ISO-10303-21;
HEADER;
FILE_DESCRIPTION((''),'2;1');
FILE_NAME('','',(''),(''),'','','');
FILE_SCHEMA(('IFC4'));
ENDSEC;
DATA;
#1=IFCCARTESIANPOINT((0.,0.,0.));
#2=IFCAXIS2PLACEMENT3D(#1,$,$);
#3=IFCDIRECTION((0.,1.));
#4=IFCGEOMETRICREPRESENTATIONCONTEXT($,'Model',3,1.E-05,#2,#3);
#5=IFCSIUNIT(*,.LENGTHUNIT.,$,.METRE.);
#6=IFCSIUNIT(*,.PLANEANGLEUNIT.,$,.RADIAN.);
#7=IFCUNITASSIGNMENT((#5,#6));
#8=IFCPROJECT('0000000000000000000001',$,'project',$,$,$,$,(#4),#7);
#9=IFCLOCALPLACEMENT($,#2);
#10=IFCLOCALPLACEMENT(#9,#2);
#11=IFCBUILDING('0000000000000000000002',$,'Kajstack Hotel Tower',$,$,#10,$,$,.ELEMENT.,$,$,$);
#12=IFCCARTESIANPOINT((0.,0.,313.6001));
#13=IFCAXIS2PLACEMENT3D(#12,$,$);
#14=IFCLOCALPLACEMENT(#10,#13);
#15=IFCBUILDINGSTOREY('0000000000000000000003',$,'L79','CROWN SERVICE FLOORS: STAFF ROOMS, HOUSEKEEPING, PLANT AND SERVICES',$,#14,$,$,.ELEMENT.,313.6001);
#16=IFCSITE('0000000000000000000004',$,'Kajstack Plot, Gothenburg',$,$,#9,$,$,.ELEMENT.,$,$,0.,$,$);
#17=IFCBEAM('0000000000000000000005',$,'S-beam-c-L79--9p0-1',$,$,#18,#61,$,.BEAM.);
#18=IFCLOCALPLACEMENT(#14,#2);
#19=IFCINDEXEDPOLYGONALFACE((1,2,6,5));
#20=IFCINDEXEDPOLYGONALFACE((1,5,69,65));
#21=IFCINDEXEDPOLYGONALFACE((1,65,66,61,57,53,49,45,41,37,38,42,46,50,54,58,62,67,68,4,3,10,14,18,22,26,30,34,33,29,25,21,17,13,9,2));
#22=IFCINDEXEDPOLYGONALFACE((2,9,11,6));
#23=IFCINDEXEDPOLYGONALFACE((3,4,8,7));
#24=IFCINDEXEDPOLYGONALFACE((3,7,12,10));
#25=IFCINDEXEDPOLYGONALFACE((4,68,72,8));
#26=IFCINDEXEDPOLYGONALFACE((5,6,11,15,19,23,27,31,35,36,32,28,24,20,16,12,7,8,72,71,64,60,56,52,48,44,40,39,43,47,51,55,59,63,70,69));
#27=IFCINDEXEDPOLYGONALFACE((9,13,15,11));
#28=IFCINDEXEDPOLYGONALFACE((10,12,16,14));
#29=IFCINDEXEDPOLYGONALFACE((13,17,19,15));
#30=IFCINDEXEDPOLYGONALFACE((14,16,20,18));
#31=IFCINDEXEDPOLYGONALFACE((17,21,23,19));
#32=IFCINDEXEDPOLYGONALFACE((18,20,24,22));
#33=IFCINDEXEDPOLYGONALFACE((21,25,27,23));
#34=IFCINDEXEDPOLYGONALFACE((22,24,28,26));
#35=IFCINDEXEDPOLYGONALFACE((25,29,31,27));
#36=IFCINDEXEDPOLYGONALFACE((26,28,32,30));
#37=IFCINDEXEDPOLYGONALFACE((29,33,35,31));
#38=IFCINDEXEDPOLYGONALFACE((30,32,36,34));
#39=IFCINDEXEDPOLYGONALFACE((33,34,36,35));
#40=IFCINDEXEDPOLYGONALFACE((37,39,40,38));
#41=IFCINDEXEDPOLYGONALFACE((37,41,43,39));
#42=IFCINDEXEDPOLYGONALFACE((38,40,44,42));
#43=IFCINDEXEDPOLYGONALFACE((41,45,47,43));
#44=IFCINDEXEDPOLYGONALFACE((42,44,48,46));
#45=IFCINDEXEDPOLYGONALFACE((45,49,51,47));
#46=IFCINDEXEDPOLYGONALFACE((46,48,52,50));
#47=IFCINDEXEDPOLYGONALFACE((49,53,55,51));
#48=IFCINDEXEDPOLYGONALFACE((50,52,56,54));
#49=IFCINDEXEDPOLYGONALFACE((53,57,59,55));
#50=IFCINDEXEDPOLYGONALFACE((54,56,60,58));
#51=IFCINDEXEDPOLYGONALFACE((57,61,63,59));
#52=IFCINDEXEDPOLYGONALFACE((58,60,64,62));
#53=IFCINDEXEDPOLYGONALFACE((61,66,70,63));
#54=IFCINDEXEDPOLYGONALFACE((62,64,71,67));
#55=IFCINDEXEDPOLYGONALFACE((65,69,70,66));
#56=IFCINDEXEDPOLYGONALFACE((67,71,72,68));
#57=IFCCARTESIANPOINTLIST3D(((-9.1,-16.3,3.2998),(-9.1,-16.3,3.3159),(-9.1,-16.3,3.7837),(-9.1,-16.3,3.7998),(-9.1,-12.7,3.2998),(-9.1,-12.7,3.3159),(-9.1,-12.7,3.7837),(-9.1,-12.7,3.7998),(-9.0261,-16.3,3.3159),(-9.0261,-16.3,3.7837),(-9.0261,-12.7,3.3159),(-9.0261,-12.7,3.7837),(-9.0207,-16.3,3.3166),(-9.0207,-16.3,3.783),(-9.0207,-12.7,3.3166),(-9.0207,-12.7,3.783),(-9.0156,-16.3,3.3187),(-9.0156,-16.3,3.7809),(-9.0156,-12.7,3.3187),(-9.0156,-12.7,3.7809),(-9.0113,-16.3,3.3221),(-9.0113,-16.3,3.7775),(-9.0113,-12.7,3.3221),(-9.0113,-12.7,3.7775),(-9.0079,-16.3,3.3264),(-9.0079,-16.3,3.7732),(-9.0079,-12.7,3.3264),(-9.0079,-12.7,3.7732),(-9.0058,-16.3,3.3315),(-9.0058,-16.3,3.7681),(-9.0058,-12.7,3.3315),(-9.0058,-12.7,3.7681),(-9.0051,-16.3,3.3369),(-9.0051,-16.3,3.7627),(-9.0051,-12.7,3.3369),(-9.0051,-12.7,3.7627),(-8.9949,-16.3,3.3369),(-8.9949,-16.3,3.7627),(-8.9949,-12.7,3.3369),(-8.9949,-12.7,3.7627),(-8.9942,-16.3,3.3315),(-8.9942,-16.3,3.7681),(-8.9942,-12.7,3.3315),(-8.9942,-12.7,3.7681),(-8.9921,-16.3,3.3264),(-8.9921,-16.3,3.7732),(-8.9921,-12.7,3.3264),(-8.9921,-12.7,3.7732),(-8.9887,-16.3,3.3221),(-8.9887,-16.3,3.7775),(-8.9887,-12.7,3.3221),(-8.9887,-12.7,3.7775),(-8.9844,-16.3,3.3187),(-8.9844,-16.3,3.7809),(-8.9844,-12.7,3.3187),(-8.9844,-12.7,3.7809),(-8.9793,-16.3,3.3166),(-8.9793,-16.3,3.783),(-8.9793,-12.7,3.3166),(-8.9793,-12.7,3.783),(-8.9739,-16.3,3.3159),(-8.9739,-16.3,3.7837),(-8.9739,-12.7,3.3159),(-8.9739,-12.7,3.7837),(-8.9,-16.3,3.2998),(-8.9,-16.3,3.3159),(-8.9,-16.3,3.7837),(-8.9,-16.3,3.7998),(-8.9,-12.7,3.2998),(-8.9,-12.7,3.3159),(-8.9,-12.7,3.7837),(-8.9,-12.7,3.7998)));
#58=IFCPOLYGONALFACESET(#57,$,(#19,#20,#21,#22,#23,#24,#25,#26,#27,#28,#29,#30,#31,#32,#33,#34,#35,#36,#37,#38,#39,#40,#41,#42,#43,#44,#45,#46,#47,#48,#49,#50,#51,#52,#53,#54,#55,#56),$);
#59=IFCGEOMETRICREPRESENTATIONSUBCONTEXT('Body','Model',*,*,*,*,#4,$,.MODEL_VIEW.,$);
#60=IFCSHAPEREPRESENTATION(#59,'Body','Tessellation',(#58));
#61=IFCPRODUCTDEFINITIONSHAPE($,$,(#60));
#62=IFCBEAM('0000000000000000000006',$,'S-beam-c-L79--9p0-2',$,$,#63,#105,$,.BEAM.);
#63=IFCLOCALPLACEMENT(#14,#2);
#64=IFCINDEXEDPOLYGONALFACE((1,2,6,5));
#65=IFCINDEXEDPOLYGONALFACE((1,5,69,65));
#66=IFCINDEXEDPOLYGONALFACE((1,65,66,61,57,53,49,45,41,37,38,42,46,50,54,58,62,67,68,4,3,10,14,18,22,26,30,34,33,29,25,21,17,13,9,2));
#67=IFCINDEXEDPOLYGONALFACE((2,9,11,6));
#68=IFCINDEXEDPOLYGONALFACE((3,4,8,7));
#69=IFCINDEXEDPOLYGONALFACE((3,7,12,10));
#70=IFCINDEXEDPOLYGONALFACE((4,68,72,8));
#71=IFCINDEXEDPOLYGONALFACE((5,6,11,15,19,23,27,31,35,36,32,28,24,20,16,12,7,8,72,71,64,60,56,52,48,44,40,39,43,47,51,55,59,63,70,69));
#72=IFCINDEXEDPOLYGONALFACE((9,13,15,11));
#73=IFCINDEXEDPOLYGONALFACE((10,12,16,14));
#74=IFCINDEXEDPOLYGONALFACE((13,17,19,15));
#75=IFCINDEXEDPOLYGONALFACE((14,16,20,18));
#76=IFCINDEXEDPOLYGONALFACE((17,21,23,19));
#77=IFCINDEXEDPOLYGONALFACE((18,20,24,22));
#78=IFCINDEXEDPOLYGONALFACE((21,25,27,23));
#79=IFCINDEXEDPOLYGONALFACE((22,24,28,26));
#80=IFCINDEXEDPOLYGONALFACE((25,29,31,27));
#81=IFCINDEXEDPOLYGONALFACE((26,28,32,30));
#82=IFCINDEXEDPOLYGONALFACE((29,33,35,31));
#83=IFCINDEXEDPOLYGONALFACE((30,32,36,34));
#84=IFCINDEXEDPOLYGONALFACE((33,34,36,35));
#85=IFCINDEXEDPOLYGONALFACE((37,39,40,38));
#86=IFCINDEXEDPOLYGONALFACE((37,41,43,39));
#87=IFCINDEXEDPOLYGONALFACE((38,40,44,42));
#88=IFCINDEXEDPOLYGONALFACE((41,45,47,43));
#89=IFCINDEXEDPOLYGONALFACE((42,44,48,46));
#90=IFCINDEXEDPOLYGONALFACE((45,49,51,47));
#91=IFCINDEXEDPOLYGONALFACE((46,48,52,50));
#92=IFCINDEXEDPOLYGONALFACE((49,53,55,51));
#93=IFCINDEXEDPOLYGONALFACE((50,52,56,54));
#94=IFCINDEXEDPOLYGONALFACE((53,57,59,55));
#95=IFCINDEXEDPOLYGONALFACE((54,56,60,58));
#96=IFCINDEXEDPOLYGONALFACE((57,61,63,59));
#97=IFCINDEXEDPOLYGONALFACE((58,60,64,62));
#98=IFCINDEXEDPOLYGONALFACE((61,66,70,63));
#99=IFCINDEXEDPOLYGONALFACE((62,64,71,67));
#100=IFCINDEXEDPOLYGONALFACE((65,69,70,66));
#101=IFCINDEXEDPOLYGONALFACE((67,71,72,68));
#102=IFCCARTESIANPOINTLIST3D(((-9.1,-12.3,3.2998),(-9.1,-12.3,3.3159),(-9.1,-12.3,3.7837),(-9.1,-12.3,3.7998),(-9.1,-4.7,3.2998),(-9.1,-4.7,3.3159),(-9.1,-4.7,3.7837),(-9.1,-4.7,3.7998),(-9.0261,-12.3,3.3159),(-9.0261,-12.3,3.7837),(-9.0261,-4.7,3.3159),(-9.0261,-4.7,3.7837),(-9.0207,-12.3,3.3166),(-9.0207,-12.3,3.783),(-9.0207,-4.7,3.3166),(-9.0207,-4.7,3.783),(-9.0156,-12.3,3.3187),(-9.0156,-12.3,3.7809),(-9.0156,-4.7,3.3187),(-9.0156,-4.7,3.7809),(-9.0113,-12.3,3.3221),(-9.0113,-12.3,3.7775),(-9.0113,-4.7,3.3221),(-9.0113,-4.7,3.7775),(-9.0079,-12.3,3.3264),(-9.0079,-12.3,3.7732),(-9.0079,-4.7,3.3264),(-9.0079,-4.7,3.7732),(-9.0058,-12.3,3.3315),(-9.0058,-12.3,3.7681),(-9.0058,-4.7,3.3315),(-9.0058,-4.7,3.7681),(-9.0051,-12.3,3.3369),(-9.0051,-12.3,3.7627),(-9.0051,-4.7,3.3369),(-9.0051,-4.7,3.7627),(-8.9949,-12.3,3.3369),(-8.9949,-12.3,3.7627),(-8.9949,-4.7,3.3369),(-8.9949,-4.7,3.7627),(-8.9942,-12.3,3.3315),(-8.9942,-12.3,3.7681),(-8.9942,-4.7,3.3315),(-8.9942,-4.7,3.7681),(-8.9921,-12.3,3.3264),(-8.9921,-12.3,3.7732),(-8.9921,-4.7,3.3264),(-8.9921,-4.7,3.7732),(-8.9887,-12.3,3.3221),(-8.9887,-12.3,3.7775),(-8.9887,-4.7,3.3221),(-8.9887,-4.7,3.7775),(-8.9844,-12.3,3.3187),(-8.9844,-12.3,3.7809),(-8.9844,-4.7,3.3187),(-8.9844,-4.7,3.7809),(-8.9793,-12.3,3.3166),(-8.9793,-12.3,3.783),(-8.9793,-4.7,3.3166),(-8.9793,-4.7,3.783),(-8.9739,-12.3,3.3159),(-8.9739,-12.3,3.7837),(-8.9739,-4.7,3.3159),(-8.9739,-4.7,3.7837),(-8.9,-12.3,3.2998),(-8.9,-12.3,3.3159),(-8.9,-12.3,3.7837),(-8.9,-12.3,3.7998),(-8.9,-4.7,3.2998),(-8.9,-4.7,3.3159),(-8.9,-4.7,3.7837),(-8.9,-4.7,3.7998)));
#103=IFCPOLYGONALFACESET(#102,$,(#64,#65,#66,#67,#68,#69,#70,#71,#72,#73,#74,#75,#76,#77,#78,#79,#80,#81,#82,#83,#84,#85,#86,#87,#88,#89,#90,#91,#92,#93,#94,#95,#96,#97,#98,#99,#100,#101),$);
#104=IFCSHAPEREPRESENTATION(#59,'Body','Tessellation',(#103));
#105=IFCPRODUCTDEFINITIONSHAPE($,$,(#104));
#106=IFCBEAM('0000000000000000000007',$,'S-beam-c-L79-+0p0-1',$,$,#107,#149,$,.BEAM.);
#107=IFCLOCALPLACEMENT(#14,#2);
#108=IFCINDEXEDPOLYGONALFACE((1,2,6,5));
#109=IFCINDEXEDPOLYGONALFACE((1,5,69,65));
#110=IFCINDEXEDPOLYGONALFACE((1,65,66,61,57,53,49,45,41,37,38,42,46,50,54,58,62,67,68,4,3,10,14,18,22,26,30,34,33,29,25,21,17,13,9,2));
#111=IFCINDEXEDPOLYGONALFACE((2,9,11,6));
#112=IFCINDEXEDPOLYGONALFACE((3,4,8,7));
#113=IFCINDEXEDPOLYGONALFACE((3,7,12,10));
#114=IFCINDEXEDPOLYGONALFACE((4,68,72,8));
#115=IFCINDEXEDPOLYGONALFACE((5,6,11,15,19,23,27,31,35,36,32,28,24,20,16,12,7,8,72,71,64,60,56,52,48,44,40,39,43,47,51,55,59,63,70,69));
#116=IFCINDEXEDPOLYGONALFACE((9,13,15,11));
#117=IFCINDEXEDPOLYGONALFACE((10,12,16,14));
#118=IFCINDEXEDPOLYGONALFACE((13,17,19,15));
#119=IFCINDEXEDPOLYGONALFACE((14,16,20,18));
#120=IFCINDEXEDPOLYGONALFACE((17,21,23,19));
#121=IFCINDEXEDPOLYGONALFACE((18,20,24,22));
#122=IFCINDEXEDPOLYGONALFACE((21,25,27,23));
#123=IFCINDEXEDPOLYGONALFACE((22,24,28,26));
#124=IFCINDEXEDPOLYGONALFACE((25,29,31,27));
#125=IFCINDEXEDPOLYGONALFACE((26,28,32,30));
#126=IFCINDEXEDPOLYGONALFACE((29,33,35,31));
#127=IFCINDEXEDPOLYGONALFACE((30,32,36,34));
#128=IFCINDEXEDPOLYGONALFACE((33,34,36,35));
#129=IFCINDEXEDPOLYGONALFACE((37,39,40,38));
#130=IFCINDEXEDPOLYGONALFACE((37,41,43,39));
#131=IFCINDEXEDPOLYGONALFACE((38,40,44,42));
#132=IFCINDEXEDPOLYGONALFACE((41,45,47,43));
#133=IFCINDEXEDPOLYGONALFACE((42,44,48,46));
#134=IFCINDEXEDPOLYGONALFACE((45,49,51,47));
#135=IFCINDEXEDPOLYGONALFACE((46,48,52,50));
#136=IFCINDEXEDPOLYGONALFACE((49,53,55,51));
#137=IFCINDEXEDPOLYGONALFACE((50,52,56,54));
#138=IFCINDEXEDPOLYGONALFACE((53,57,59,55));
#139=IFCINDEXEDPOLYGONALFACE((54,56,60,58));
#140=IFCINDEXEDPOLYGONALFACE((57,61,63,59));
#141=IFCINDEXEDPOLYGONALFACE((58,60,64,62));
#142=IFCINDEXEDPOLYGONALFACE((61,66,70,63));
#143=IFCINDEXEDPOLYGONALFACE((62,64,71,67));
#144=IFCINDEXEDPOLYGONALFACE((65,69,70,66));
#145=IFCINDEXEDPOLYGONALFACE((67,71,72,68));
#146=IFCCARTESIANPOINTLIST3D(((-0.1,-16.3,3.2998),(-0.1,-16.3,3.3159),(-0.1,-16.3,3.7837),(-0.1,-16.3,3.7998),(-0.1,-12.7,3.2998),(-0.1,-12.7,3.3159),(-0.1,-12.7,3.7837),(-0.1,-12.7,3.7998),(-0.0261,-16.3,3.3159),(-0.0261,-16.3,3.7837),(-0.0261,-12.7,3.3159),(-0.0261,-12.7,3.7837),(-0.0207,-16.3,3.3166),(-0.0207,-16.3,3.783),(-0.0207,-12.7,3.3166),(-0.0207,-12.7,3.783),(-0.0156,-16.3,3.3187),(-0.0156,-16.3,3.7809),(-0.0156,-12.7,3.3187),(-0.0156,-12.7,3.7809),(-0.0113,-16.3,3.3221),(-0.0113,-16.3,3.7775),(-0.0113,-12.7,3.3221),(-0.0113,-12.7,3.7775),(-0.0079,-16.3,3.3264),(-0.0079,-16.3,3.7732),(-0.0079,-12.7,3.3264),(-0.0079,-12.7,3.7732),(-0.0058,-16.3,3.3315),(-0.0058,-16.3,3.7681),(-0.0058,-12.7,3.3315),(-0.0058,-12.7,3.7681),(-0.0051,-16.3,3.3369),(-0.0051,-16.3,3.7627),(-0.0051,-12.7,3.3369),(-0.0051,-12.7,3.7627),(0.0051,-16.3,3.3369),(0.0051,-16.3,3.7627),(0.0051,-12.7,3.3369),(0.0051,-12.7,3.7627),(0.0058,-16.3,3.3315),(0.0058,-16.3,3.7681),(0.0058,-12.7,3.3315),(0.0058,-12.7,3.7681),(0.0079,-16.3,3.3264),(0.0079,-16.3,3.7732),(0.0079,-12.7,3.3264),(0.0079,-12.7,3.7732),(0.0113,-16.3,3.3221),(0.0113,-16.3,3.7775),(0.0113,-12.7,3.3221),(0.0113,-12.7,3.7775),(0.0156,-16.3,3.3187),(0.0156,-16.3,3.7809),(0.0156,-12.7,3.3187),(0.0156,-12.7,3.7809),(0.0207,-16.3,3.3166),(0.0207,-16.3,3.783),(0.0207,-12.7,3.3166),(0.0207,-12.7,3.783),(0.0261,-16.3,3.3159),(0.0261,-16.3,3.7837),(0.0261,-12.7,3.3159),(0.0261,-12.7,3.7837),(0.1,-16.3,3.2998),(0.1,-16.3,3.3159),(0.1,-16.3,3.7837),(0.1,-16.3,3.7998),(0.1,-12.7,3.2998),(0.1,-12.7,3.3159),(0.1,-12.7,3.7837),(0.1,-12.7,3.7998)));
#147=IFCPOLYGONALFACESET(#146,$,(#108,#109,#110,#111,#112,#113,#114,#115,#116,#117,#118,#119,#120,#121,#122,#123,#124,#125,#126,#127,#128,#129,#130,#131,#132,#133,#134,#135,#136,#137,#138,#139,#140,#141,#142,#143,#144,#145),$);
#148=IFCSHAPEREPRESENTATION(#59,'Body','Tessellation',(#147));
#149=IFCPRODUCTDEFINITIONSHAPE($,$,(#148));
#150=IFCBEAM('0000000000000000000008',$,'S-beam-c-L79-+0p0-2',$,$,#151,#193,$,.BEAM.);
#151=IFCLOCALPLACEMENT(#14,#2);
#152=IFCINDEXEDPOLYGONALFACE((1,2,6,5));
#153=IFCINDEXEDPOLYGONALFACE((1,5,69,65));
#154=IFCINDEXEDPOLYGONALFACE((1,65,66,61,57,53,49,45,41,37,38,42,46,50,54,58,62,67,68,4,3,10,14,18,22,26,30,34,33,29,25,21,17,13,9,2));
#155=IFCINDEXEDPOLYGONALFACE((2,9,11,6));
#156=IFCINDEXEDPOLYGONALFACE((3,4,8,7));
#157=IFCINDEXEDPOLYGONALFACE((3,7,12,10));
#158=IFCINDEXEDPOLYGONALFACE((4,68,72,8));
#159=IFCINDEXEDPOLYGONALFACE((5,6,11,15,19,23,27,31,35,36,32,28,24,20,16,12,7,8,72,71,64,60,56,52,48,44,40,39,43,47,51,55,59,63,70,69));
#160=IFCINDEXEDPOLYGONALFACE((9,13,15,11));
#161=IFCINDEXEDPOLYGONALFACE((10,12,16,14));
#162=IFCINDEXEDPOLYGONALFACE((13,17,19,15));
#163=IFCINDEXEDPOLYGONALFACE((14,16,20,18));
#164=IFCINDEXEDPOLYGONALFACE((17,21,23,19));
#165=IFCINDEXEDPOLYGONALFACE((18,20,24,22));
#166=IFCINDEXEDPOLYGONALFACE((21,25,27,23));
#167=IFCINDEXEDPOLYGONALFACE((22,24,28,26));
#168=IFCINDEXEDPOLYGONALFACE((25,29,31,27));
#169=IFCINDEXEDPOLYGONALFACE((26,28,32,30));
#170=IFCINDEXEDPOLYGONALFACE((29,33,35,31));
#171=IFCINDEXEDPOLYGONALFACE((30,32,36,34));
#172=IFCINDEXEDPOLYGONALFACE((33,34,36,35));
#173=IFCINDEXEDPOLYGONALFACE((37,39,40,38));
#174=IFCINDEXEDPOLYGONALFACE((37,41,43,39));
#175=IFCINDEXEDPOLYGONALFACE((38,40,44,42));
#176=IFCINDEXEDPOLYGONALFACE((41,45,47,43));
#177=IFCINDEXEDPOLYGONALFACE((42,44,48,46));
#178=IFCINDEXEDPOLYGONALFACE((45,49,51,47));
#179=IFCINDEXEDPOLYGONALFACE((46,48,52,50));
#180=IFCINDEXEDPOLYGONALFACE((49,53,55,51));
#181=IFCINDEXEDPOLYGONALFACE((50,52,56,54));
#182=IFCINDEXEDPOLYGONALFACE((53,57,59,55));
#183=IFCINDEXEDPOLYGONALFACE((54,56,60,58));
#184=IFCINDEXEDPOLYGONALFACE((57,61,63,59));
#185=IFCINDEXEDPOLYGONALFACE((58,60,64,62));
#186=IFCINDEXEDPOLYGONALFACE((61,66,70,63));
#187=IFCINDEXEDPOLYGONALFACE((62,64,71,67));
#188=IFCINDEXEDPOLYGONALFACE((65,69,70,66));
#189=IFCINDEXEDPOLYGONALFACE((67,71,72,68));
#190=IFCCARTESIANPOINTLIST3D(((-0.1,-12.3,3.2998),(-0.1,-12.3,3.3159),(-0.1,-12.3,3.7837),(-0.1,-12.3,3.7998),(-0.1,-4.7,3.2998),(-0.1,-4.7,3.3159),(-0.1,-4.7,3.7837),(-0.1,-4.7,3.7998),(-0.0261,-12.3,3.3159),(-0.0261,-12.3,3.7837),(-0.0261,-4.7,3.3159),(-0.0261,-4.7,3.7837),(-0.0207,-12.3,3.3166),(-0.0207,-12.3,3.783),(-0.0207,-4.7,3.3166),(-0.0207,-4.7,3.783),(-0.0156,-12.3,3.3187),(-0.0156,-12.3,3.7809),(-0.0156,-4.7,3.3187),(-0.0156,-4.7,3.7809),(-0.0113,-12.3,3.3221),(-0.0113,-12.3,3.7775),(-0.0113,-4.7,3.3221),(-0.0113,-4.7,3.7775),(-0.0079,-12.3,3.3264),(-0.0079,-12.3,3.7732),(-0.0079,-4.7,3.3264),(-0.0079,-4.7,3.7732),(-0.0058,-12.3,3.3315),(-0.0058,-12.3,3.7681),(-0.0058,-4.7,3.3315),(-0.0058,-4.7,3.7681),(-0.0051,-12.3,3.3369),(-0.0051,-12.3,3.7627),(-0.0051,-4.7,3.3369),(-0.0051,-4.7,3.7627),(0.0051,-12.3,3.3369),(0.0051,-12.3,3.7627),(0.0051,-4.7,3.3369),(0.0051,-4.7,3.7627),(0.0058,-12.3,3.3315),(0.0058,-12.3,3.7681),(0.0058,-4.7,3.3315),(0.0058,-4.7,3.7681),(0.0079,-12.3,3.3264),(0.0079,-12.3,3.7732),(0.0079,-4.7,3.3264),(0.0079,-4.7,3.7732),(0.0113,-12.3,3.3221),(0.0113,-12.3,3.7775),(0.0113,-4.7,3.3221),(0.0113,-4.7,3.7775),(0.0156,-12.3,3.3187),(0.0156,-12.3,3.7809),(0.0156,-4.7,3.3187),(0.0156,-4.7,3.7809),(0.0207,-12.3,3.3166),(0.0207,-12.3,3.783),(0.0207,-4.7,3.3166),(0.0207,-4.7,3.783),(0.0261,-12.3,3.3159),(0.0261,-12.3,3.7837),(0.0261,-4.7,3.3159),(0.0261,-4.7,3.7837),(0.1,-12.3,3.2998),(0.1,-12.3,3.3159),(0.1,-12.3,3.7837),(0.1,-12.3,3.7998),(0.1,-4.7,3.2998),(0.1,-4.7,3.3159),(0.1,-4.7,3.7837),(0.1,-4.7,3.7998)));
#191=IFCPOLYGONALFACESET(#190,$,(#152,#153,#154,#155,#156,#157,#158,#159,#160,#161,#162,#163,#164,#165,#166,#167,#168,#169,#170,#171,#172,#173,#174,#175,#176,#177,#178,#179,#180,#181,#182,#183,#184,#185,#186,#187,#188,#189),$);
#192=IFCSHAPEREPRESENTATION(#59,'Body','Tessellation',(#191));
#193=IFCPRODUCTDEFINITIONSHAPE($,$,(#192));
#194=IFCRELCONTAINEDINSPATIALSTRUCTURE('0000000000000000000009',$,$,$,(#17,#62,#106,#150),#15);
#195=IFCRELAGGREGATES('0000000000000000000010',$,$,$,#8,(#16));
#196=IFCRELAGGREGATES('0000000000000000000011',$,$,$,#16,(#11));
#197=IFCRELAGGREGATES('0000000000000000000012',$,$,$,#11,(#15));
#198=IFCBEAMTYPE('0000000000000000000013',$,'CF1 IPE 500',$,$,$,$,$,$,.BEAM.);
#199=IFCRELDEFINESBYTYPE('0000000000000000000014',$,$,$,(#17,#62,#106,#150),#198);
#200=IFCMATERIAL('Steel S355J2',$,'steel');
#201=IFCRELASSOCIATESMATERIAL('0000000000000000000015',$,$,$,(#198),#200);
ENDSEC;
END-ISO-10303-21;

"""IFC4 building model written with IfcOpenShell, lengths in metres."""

from ifc_helpers import new_model, si_unit, direction, frame, origin, origin_2d, place, context, subcontext, project, spatial, i_section, extrude, material, material_profile, profile_set, type_object, element, save


model = new_model("IFC4")

# Units and contexts
model_context = context("Model", 3, precision=1e-05, world=origin(), true_north=direction((0.0, 1.0)))
body_context = subcontext(model_context, "Body", "Model", "MODEL_VIEW")
ifc_project = project(units=[si_unit("LENGTHUNIT", "METRE"), si_unit("PLANEANGLEUNIT", "RADIAN")], contexts=[model_context])

# Site, building, storey
site_placement = place(None, origin())
site = spatial("IfcSite", under=ifc_project, at=site_placement, Name="Kajstack Plot, Gothenburg", CompositionType="ELEMENT", RefElevation=0.0)
building_placement = place(site_placement, origin())
building = spatial("IfcBuilding", under=site, at=building_placement, Name="Kajstack Hotel Tower", CompositionType="ELEMENT")
storey_placement = place(building_placement, frame((0.0, 0.0, 313.6001)))
storey = spatial("IfcBuildingStorey", under=building, at=storey_placement, Name="L79", Description="CROWN SERVICE FLOORS: STAFF ROOMS, HOUSEKEEPING, PLANT AND SERVICES", CompositionType="ELEMENT", Elevation=313.6001)

# Shared definitions
ifc_material_1 = material(Name="Steel S355J2", Category="steel")

# Beams
ifc_material_profile_1 = material_profile(ifc_material_1, i_section(OverallWidth=0.2, OverallDepth=0.5, WebThickness=0.0103, FlangeThickness=0.0161, FilletRadius=0.021, at=origin_2d()), Name="IPE 500")
ifc_profile_set_1 = profile_set([ifc_material_profile_1], Name="Steel S355J2")
beam_type = type_object("IfcBeamType", Name="CF1 IPE 500", PredefinedType="BEAM", material=ifc_profile_set_1)
beam_1_placement = place(storey_placement, frame((-9.0, -16.3, 3.5498), z_axis=(0.0, 1.0, 0.0), x_axis=(-1.0, 0.0, 0.0)))
element("IfcBeam", 1, at=beam_1_placement, inside=storey, type_object=beam_type, Name="S-beam-c-L79--9p0-1", PredefinedType="BEAM", context=body_context, shape_type="SweptSolid", body=[
    extrude(i_section(OverallWidth=0.2, OverallDepth=0.5, WebThickness=0.0103, FlangeThickness=0.0161, FilletRadius=0.021, at=origin_2d()), origin(), (0.0, 0.0, 1.0), 3.6001),
])
beam_2_placement = place(storey_placement, frame((-9.0, -12.3, 3.5498), z_axis=(0.0, 1.0, 0.0), x_axis=(-1.0, 0.0, 0.0)))
element("IfcBeam", 2, at=beam_2_placement, inside=storey, type_object=beam_type, Name="S-beam-c-L79--9p0-2", PredefinedType="BEAM", context=body_context, shape_type="SweptSolid", body=[
    extrude(i_section(OverallWidth=0.2, OverallDepth=0.5, WebThickness=0.0103, FlangeThickness=0.0161, FilletRadius=0.021, at=origin_2d()), origin(), (0.0, 0.0, 1.0), 7.6001),
])
beam_3_placement = place(storey_placement, frame((0.0, -16.3, 3.5498), z_axis=(0.0, 1.0, 0.0), x_axis=(-1.0, 0.0, 0.0)))
element("IfcBeam", 3, at=beam_3_placement, inside=storey, type_object=beam_type, Name="S-beam-c-L79-+0p0-1", PredefinedType="BEAM", context=body_context, shape_type="SweptSolid", body=[
    extrude(i_section(OverallWidth=0.2, OverallDepth=0.5, WebThickness=0.0103, FlangeThickness=0.0161, FilletRadius=0.021, at=origin_2d()), origin(), (0.0, 0.0, 1.0), 3.6001),
])
beam_4_placement = place(storey_placement, frame((0.0, -12.3, 3.5498), z_axis=(0.0, 1.0, 0.0), x_axis=(-1.0, 0.0, 0.0)))
element("IfcBeam", 4, at=beam_4_placement, inside=storey, type_object=beam_type, Name="S-beam-c-L79-+0p0-2", PredefinedType="BEAM", context=body_context, shape_type="SweptSolid", body=[
    extrude(i_section(OverallWidth=0.2, OverallDepth=0.5, WebThickness=0.0103, FlangeThickness=0.0161, FilletRadius=0.021, at=origin_2d()), origin(), (0.0, 0.0, 1.0), 7.6001),
])

save(model, "model.ifc")
